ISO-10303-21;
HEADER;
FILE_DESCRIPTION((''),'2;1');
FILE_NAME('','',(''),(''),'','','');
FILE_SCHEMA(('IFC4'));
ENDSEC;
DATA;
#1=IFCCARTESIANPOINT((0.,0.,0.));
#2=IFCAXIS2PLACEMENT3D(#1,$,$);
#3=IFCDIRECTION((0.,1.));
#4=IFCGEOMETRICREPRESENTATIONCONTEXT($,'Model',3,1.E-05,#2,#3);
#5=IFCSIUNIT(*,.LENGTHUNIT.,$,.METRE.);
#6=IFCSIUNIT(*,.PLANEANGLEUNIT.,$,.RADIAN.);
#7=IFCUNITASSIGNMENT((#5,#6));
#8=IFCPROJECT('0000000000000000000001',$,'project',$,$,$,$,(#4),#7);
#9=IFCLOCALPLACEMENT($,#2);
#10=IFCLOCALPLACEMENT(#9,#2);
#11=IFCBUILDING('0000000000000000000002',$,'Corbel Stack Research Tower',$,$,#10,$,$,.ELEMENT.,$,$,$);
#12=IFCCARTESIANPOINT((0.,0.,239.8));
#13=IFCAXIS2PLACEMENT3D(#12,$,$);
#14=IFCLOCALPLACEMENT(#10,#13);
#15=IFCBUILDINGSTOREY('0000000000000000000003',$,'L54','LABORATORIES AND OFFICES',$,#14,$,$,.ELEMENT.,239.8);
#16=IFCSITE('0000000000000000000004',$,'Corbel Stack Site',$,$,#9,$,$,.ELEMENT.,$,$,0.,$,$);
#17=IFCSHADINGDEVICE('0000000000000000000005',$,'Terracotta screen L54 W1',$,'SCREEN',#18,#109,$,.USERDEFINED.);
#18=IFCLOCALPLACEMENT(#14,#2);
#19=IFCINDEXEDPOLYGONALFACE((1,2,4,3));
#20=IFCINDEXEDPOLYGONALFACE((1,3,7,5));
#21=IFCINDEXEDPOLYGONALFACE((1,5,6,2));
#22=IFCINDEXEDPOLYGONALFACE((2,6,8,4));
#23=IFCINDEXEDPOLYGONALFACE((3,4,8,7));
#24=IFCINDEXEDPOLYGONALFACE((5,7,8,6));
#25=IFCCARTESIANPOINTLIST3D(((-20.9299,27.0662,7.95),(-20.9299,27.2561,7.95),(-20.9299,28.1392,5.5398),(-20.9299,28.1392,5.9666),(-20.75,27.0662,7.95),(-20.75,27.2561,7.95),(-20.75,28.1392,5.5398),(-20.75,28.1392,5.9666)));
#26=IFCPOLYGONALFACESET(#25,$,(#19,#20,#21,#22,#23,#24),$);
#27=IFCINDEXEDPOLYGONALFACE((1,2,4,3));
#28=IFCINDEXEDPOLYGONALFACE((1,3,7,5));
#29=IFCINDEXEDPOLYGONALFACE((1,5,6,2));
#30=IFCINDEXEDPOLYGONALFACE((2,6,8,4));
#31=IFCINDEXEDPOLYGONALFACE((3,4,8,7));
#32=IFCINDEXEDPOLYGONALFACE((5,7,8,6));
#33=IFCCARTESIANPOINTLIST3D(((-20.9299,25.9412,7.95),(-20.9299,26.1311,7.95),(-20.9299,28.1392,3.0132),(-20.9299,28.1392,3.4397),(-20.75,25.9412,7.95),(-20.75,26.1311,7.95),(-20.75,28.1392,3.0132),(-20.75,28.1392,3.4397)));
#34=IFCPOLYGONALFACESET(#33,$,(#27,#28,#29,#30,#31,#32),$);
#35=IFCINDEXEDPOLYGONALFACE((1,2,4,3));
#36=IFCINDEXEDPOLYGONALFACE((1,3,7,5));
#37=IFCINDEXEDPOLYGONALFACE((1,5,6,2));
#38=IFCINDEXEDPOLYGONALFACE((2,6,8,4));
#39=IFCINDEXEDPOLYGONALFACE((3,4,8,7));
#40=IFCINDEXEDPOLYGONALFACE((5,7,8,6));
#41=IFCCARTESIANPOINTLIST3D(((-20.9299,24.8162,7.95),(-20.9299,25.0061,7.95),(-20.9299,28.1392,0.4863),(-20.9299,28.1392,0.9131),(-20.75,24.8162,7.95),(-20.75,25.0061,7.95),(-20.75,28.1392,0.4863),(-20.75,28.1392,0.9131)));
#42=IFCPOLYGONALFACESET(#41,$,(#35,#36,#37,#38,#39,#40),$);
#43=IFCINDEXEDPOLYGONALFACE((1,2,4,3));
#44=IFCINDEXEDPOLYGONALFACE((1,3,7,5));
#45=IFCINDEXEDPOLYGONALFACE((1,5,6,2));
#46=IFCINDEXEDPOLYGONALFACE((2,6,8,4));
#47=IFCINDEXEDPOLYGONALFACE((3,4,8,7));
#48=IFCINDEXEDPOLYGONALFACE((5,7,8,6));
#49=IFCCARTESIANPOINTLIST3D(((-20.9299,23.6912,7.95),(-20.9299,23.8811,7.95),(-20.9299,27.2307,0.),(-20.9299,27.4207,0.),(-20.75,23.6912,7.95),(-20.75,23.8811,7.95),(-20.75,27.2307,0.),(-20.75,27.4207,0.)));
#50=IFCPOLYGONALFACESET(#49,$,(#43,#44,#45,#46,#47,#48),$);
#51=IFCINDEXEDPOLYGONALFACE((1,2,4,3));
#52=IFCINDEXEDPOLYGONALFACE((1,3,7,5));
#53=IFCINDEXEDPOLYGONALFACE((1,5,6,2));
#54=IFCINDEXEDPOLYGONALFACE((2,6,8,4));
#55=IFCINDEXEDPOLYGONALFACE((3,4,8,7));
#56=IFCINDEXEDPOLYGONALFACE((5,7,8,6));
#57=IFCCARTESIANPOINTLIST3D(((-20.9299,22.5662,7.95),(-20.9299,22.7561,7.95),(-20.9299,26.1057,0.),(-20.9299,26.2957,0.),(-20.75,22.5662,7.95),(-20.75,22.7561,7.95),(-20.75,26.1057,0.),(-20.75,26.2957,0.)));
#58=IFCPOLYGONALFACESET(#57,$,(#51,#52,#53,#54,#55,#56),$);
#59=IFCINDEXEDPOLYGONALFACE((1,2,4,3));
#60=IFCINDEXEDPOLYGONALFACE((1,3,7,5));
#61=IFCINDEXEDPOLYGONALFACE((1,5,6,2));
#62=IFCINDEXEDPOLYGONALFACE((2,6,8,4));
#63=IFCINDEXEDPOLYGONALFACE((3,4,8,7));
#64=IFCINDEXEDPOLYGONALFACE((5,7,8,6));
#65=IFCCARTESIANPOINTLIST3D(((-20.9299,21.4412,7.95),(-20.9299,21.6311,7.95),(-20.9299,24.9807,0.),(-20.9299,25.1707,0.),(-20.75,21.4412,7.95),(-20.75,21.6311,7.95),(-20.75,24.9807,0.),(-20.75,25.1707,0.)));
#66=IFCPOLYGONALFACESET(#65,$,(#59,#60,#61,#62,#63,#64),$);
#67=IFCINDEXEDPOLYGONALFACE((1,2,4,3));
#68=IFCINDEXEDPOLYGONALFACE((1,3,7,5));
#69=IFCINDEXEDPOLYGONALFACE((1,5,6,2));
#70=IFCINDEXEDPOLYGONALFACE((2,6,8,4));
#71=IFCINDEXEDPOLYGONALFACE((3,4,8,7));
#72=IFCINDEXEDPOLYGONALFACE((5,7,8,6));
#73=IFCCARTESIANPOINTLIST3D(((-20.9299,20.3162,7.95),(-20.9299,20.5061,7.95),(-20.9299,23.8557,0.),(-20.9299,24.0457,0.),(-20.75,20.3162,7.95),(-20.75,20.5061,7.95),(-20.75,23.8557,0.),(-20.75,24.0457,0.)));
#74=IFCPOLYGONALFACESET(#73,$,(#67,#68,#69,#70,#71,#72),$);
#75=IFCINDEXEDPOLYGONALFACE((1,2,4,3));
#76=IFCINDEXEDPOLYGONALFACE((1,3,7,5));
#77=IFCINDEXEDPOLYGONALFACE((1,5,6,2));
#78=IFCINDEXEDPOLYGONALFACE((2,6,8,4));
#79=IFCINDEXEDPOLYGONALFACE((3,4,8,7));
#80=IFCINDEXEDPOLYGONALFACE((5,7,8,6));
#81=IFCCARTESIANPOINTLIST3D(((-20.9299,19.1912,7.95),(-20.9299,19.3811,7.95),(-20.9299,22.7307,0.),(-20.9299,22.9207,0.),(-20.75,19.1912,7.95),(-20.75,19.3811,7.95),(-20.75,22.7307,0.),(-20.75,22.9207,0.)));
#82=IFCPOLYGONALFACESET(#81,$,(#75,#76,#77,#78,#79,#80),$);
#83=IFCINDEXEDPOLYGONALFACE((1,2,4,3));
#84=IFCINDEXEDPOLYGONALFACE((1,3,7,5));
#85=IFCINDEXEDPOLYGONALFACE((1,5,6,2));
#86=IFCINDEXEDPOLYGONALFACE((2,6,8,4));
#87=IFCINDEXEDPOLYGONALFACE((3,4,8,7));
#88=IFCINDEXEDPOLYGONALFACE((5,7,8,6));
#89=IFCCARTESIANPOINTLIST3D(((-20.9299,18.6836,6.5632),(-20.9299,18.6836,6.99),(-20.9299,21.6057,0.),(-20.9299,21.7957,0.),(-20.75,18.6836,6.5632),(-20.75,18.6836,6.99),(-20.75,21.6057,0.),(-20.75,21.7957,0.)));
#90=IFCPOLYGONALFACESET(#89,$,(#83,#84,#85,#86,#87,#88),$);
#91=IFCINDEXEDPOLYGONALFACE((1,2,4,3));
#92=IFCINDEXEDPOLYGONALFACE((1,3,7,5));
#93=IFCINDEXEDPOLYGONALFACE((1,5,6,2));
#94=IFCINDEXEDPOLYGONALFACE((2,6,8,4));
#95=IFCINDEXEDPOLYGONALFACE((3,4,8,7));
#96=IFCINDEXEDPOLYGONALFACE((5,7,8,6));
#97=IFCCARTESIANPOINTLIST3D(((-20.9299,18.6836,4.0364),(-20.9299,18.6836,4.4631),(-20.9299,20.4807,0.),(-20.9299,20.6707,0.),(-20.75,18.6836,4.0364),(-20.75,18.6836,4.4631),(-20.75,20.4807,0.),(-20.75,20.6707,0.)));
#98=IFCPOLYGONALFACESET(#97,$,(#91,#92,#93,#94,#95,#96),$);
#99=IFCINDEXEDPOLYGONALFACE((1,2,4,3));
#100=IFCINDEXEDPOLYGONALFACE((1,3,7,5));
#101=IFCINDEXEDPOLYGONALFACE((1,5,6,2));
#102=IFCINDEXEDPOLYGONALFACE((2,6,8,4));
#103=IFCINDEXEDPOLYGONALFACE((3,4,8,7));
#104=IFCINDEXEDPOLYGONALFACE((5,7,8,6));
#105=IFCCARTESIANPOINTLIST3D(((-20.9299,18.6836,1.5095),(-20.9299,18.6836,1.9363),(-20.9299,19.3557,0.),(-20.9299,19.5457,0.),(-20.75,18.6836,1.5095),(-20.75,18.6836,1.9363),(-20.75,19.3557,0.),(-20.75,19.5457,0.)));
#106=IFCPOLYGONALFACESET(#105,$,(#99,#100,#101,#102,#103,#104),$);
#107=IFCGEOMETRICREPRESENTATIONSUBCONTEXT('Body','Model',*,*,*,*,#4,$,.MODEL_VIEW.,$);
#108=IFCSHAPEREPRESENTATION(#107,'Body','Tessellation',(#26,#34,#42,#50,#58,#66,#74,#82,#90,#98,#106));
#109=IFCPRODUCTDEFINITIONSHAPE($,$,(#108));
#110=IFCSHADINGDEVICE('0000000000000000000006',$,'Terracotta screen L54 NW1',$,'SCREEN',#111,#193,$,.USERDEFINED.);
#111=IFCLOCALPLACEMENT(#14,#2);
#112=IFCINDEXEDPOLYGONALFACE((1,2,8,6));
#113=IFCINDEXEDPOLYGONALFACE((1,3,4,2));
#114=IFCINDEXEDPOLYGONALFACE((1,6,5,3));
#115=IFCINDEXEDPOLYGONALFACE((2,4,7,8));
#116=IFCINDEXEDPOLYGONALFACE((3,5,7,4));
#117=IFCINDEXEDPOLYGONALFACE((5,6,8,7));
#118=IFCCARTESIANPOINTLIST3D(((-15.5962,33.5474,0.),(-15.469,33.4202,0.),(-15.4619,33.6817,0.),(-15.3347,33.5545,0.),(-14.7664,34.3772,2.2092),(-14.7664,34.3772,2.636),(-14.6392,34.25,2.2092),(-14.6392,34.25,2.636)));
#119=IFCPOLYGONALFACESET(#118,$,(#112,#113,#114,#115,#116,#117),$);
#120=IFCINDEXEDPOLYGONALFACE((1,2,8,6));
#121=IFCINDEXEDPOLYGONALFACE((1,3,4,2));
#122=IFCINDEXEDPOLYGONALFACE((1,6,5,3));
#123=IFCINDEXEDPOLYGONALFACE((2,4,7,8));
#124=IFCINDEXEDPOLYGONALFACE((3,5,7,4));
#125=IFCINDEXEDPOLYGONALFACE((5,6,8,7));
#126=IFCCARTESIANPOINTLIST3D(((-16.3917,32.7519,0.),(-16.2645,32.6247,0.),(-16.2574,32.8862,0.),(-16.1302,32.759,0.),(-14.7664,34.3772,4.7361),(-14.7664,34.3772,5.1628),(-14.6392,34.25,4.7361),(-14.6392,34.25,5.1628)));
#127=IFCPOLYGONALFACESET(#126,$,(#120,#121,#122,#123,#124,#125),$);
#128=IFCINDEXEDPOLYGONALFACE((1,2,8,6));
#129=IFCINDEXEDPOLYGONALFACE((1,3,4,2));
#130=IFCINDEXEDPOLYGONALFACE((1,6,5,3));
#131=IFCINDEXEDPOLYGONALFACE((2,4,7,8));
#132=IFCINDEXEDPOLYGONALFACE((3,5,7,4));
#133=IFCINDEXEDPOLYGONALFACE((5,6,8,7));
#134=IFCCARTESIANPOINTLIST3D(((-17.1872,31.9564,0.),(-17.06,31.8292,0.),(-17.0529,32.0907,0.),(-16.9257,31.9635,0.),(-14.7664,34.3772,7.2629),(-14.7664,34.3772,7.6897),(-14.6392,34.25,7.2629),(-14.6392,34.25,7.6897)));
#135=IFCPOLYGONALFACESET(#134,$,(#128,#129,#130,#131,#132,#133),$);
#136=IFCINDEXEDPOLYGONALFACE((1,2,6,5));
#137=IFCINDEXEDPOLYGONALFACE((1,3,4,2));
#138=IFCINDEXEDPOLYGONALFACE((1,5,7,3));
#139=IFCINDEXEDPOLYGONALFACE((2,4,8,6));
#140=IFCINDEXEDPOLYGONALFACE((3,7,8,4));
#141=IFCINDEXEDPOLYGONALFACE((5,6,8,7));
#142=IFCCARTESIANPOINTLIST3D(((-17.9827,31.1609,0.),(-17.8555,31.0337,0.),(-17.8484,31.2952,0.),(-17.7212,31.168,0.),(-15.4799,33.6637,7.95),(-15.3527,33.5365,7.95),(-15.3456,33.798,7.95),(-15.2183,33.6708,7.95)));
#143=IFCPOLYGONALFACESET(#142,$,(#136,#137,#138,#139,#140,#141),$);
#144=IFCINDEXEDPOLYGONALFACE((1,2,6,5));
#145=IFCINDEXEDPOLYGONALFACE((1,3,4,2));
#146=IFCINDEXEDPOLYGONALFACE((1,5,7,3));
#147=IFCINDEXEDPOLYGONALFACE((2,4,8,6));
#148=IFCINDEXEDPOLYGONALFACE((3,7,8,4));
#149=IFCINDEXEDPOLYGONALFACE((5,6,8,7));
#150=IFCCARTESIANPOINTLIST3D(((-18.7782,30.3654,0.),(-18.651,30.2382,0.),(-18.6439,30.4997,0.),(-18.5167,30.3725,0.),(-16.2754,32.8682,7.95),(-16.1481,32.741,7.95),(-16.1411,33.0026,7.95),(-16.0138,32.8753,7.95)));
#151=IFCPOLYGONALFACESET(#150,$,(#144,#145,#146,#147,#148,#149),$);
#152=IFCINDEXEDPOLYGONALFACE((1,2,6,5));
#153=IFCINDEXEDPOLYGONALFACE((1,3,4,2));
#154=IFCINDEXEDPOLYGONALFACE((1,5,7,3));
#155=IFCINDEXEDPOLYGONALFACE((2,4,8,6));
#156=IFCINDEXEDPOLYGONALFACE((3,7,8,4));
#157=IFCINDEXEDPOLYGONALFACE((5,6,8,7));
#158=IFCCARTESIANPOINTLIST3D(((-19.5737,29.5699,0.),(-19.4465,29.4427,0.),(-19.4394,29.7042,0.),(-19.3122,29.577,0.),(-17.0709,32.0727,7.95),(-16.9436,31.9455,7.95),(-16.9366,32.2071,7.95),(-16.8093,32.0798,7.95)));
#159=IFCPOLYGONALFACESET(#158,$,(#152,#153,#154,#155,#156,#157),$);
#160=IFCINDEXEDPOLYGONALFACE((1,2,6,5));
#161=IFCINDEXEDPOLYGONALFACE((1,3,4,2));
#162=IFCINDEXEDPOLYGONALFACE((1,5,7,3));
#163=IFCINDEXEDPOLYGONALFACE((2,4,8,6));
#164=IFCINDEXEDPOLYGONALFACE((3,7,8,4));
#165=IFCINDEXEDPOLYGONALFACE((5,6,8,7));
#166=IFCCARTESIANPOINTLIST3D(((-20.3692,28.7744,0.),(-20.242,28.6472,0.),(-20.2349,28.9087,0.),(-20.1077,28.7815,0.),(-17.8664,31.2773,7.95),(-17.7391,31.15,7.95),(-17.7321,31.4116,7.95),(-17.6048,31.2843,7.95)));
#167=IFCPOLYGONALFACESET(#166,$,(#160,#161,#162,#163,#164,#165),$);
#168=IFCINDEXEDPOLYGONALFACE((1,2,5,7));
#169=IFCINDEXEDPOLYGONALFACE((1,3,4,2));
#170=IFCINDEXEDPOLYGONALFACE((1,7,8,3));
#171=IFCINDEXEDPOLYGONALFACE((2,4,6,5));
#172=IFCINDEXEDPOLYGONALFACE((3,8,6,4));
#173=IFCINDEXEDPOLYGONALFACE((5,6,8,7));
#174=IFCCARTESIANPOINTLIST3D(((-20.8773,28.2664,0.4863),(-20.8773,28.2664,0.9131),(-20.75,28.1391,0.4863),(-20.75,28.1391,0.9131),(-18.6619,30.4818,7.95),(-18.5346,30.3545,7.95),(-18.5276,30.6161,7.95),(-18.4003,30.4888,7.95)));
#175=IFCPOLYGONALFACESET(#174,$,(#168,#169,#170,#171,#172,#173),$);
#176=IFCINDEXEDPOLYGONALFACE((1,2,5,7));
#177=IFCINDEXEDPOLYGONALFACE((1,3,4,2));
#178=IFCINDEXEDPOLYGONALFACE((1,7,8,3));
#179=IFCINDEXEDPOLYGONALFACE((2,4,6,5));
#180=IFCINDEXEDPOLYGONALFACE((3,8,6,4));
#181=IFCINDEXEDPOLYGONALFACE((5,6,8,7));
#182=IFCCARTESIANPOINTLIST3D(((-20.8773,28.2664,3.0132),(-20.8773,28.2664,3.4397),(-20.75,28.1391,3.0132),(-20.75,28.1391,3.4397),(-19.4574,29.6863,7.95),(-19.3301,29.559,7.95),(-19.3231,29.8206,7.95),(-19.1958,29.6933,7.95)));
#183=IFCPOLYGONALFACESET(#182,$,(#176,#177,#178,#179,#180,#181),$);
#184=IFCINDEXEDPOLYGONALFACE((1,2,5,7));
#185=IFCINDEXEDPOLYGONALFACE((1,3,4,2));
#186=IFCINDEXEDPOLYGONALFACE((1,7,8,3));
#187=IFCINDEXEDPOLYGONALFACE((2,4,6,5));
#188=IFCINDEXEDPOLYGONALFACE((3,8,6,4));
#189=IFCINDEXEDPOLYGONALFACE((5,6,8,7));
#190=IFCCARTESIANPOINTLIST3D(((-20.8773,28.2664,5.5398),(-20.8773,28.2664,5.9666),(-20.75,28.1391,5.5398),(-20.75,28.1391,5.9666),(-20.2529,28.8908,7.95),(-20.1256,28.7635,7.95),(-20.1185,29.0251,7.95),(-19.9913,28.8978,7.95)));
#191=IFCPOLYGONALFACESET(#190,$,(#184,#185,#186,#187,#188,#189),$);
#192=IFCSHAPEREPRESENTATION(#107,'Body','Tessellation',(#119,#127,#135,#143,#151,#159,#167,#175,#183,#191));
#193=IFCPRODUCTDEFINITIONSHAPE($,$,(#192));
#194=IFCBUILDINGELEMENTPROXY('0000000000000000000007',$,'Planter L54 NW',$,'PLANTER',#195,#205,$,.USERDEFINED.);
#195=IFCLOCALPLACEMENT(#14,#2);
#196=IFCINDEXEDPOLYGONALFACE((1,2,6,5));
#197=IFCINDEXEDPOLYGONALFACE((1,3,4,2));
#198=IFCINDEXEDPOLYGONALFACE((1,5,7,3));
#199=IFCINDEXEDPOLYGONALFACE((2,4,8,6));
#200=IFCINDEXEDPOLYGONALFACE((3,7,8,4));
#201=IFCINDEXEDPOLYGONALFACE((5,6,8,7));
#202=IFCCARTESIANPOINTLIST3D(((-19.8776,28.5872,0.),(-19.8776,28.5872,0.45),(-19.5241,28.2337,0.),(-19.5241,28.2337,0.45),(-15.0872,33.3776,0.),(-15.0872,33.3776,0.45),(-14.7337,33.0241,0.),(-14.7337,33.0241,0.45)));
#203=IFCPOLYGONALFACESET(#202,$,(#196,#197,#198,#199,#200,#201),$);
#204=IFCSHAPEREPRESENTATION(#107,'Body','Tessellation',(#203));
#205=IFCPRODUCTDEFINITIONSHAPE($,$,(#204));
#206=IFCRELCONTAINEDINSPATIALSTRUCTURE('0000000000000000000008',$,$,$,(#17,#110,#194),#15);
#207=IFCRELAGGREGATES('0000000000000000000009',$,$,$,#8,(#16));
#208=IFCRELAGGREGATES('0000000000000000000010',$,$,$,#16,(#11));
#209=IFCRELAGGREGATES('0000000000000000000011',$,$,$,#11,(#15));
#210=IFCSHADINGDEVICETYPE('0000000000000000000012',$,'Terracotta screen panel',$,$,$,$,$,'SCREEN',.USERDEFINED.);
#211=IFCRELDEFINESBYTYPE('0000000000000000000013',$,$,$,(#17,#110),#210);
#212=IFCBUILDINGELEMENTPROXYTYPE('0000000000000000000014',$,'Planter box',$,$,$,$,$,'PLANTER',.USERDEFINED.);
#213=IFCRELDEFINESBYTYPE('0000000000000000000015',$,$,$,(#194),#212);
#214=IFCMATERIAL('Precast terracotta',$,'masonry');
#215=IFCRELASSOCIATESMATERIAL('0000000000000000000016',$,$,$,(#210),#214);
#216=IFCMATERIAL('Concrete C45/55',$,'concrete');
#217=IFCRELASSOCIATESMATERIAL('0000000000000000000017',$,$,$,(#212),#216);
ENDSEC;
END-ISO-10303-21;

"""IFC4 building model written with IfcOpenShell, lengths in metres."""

from ifc_helpers import new_model, si_unit, direction, frame, origin, origin_2d, place, context, subcontext, project, spatial, polyline, rectangle, outline, extrude, source, transform, mapped, material, type_object, element, save


model = new_model("IFC4")

# Units and contexts
model_context = context("Model", 3, precision=1e-05, world=origin(), true_north=direction((0.0, 1.0)))
body_context = subcontext(model_context, "Body", "Model", "MODEL_VIEW")
ifc_project = project(units=[si_unit("LENGTHUNIT", "METRE"), si_unit("PLANEANGLEUNIT", "RADIAN")], contexts=[model_context])

# Site, building, storey
site_placement = place(None, origin())
site = spatial("IfcSite", under=ifc_project, at=site_placement, Name="Corbel Stack Site", CompositionType="ELEMENT", RefElevation=0.0)
building_placement = place(site_placement, origin())
building = spatial("IfcBuilding", under=site, at=building_placement, Name="Corbel Stack Research Tower", CompositionType="ELEMENT")
storey_placement = place(building_placement, frame((0.0, 0.0, 239.8)))
storey = spatial("IfcBuildingStorey", under=building, at=storey_placement, Name="L54", Description="LABORATORIES AND OFFICES", CompositionType="ELEMENT", Elevation=239.8)

# Shading devices
ifc_material_1 = material(Name="Precast terracotta", Category="masonry")
shading_device_type = type_object("IfcShadingDeviceType", Name="Terracotta screen panel", ElementType="SCREEN", PredefinedType="USERDEFINED", material=ifc_material_1)
shared_shape_1 = source(origin(), body_context, "Body", "SweptSolid", [
    extrude(outline(polyline([(1.073, 7.95), (0.8831, 7.95), (0.0, 5.9666), (0.0, 5.5398), (1.073, 7.95)])), frame((0.0, 0.0, 0.0), z_axis=(0.0, -1.0, 0.0), x_axis=(1.0, 0.0, 0.0)), (0.0, 0.0, 1.0), 0.1799),
    extrude(outline(polyline([(2.198, 7.95), (2.0081, 7.95), (0.0, 3.4397), (0.0, 3.0132), (2.198, 7.95)])), frame((0.0, 0.0, 0.0), z_axis=(0.0, -1.0, 0.0), x_axis=(1.0, 0.0, 0.0)), (0.0, 0.0, 1.0), 0.1799),
    extrude(outline(polyline([(3.323, 7.95), (3.1331, 7.95), (0.0, 0.9131), (0.0, 0.4863), (3.323, 7.95)])), frame((0.0, 0.0, 0.0), z_axis=(0.0, -1.0, 0.0), x_axis=(1.0, 0.0, 0.0)), (0.0, 0.0, 1.0), 0.1799),
    extrude(outline(polyline([(0.9084, 0.0), (4.448, 7.95), (4.2581, 7.95), (0.7185, 0.0), (0.9084, 0.0)])), frame((0.0, 0.0, 0.0), z_axis=(0.0, -1.0, 0.0), x_axis=(1.0, 0.0, 0.0)), (0.0, 0.0, 1.0), 0.1799),
    extrude(outline(polyline([(2.0334, 0.0), (5.573, 7.95), (5.3831, 7.95), (1.8435, 0.0), (2.0334, 0.0)])), frame((0.0, 0.0, 0.0), z_axis=(0.0, -1.0, 0.0), x_axis=(1.0, 0.0, 0.0)), (0.0, 0.0, 1.0), 0.1799),
    extrude(outline(polyline([(3.1584, 0.0), (6.698, 7.95), (6.5081, 7.95), (2.9685, 0.0), (3.1584, 0.0)])), frame((0.0, 0.0, 0.0), z_axis=(0.0, -1.0, 0.0), x_axis=(1.0, 0.0, 0.0)), (0.0, 0.0, 1.0), 0.1799),
    extrude(outline(polyline([(4.2834, 0.0), (7.823, 7.95), (7.6331, 7.95), (4.0935, 0.0), (4.2834, 0.0)])), frame((0.0, 0.0, 0.0), z_axis=(0.0, -1.0, 0.0), x_axis=(1.0, 0.0, 0.0)), (0.0, 0.0, 1.0), 0.1799),
    extrude(outline(polyline([(5.4084, 0.0), (8.948, 7.95), (8.7581, 7.95), (5.2185, 0.0), (5.4084, 0.0)])), frame((0.0, 0.0, 0.0), z_axis=(0.0, -1.0, 0.0), x_axis=(1.0, 0.0, 0.0)), (0.0, 0.0, 1.0), 0.1799),
    extrude(outline(polyline([(6.5334, 0.0), (9.4556, 6.5632), (9.4556, 6.99), (6.3435, 0.0), (6.5334, 0.0)])), frame((0.0, 0.0, 0.0), z_axis=(0.0, -1.0, 0.0), x_axis=(1.0, 0.0, 0.0)), (0.0, 0.0, 1.0), 0.1799),
    extrude(outline(polyline([(7.6584, 0.0), (9.4556, 4.0364), (9.4556, 4.4631), (7.4685, 0.0), (7.6584, 0.0)])), frame((0.0, 0.0, 0.0), z_axis=(0.0, -1.0, 0.0), x_axis=(1.0, 0.0, 0.0)), (0.0, 0.0, 1.0), 0.1799),
    extrude(outline(polyline([(8.7834, 0.0), (9.4556, 1.5095), (9.4556, 1.9363), (8.5935, 0.0), (8.7834, 0.0)])), frame((0.0, 0.0, 0.0), z_axis=(0.0, -1.0, 0.0), x_axis=(1.0, 0.0, 0.0)), (0.0, 0.0, 1.0), 0.1799),
])
shading_device_1_placement = place(storey_placement, frame((-20.75, 28.1392, 0.0), z_axis=(0.0, 0.0, 1.0), x_axis=(0.0, -1.0, 0.0)))
element("IfcShadingDevice", 1, at=shading_device_1_placement, inside=storey, type_object=shading_device_type, Name="Terracotta screen L54 W1", ObjectType="SCREEN", PredefinedType="USERDEFINED", context=body_context, shape_type="MappedRepresentation", body=[
    mapped(shared_shape_1, transform((0.0, 0.0, 0.0))),
])
shared_shape_2 = source(origin(), body_context, "Body", "SweptSolid", [
    extrude(outline(polyline([(1.1736, 0.0), (0.0, 2.636), (0.0, 2.2092), (0.9836, 0.0), (1.1736, 0.0)])), frame((0.0, 0.0, 0.0), z_axis=(0.0, -1.0, 0.0), x_axis=(1.0, 0.0, 0.0)), (0.0, 0.0, 1.0), 0.1799),
    extrude(outline(polyline([(2.2986, 0.0), (0.0, 5.1628), (0.0, 4.7361), (2.1086, 0.0), (2.2986, 0.0)])), frame((0.0, 0.0, 0.0), z_axis=(0.0, -1.0, 0.0), x_axis=(1.0, 0.0, 0.0)), (0.0, 0.0, 1.0), 0.1799),
    extrude(outline(polyline([(3.4236, 0.0), (0.0, 7.6897), (0.0, 7.2629), (3.2336, 0.0), (3.4236, 0.0)])), frame((0.0, 0.0, 0.0), z_axis=(0.0, -1.0, 0.0), x_axis=(1.0, 0.0, 0.0)), (0.0, 0.0, 1.0), 0.1799),
    extrude(outline(polyline([(4.5486, 0.0), (1.009, 7.95), (0.8191, 7.95), (4.3586, 0.0), (4.5486, 0.0)])), frame((0.0, 0.0, 0.0), z_axis=(0.0, -1.0, 0.0), x_axis=(1.0, 0.0, 0.0)), (0.0, 0.0, 1.0), 0.1799),
    extrude(outline(polyline([(5.6736, 0.0), (2.134, 7.95), (1.9441, 7.95), (5.4836, 0.0), (5.6736, 0.0)])), frame((0.0, 0.0, 0.0), z_axis=(0.0, -1.0, 0.0), x_axis=(1.0, 0.0, 0.0)), (0.0, 0.0, 1.0), 0.1799),
    extrude(outline(polyline([(6.7986, 0.0), (3.259, 7.95), (3.0691, 7.95), (6.6086, 0.0), (6.7986, 0.0)])), frame((0.0, 0.0, 0.0), z_axis=(0.0, -1.0, 0.0), x_axis=(1.0, 0.0, 0.0)), (0.0, 0.0, 1.0), 0.1799),
    extrude(outline(polyline([(7.9236, 0.0), (4.384, 7.95), (4.1941, 7.95), (7.7336, 0.0), (7.9236, 0.0)])), frame((0.0, 0.0, 0.0), z_axis=(0.0, -1.0, 0.0), x_axis=(1.0, 0.0, 0.0)), (0.0, 0.0, 1.0), 0.1799),
    extrude(outline(polyline([(5.509, 7.95), (5.3191, 7.95), (8.6421, 0.4863), (8.6421, 0.9131), (5.509, 7.95)])), frame((0.0, 0.0, 0.0), z_axis=(0.0, -1.0, 0.0), x_axis=(1.0, 0.0, 0.0)), (0.0, 0.0, 1.0), 0.1799),
    extrude(outline(polyline([(6.634, 7.95), (6.4441, 7.95), (8.6421, 3.0132), (8.6421, 3.4397), (6.634, 7.95)])), frame((0.0, 0.0, 0.0), z_axis=(0.0, -1.0, 0.0), x_axis=(1.0, 0.0, 0.0)), (0.0, 0.0, 1.0), 0.1799),
    extrude(outline(polyline([(7.759, 7.95), (7.5691, 7.95), (8.6421, 5.5398), (8.6421, 5.9666), (7.759, 7.95)])), frame((0.0, 0.0, 0.0), z_axis=(0.0, -1.0, 0.0), x_axis=(1.0, 0.0, 0.0)), (0.0, 0.0, 1.0), 0.1799),
])
shading_device_2_placement = place(storey_placement, frame((-14.6392, 34.25, 0.0), z_axis=(0.0, 0.0, 1.0), x_axis=(-0.707107, -0.707107, 0.0)))
element("IfcShadingDevice", 2, at=shading_device_2_placement, inside=storey, type_object=shading_device_type, Name="Terracotta screen L54 NW1", ObjectType="SCREEN", PredefinedType="USERDEFINED", context=body_context, shape_type="MappedRepresentation", body=[
    mapped(shared_shape_2, transform((0.0, 0.0, 0.0))),
])

# Building element proxy
ifc_material_2 = material(Name="Concrete C45/55", Category="concrete")
building_element_proxy_type = type_object("IfcBuildingElementProxyType", Name="Planter box", ElementType="PLANTER", PredefinedType="USERDEFINED", material=ifc_material_2)
proxy_placement = place(storey_placement, frame((-17.3057, 30.8057, 0.0), z_axis=(0.0, 0.0, 1.0), x_axis=(-0.707107, -0.707107, 0.0)))
element("IfcBuildingElementProxy", 3, at=proxy_placement, inside=storey, type_object=building_element_proxy_type, Name="Planter L54 NW", ObjectType="PLANTER", PredefinedType="USERDEFINED", context=body_context, shape_type="SweptSolid", body=[
    extrude(rectangle(XDim=6.7747, YDim=0.5, at=origin_2d()), origin(), (0.0, 0.0, 1.0), 0.45),
])

save(model, "model.ifc")
